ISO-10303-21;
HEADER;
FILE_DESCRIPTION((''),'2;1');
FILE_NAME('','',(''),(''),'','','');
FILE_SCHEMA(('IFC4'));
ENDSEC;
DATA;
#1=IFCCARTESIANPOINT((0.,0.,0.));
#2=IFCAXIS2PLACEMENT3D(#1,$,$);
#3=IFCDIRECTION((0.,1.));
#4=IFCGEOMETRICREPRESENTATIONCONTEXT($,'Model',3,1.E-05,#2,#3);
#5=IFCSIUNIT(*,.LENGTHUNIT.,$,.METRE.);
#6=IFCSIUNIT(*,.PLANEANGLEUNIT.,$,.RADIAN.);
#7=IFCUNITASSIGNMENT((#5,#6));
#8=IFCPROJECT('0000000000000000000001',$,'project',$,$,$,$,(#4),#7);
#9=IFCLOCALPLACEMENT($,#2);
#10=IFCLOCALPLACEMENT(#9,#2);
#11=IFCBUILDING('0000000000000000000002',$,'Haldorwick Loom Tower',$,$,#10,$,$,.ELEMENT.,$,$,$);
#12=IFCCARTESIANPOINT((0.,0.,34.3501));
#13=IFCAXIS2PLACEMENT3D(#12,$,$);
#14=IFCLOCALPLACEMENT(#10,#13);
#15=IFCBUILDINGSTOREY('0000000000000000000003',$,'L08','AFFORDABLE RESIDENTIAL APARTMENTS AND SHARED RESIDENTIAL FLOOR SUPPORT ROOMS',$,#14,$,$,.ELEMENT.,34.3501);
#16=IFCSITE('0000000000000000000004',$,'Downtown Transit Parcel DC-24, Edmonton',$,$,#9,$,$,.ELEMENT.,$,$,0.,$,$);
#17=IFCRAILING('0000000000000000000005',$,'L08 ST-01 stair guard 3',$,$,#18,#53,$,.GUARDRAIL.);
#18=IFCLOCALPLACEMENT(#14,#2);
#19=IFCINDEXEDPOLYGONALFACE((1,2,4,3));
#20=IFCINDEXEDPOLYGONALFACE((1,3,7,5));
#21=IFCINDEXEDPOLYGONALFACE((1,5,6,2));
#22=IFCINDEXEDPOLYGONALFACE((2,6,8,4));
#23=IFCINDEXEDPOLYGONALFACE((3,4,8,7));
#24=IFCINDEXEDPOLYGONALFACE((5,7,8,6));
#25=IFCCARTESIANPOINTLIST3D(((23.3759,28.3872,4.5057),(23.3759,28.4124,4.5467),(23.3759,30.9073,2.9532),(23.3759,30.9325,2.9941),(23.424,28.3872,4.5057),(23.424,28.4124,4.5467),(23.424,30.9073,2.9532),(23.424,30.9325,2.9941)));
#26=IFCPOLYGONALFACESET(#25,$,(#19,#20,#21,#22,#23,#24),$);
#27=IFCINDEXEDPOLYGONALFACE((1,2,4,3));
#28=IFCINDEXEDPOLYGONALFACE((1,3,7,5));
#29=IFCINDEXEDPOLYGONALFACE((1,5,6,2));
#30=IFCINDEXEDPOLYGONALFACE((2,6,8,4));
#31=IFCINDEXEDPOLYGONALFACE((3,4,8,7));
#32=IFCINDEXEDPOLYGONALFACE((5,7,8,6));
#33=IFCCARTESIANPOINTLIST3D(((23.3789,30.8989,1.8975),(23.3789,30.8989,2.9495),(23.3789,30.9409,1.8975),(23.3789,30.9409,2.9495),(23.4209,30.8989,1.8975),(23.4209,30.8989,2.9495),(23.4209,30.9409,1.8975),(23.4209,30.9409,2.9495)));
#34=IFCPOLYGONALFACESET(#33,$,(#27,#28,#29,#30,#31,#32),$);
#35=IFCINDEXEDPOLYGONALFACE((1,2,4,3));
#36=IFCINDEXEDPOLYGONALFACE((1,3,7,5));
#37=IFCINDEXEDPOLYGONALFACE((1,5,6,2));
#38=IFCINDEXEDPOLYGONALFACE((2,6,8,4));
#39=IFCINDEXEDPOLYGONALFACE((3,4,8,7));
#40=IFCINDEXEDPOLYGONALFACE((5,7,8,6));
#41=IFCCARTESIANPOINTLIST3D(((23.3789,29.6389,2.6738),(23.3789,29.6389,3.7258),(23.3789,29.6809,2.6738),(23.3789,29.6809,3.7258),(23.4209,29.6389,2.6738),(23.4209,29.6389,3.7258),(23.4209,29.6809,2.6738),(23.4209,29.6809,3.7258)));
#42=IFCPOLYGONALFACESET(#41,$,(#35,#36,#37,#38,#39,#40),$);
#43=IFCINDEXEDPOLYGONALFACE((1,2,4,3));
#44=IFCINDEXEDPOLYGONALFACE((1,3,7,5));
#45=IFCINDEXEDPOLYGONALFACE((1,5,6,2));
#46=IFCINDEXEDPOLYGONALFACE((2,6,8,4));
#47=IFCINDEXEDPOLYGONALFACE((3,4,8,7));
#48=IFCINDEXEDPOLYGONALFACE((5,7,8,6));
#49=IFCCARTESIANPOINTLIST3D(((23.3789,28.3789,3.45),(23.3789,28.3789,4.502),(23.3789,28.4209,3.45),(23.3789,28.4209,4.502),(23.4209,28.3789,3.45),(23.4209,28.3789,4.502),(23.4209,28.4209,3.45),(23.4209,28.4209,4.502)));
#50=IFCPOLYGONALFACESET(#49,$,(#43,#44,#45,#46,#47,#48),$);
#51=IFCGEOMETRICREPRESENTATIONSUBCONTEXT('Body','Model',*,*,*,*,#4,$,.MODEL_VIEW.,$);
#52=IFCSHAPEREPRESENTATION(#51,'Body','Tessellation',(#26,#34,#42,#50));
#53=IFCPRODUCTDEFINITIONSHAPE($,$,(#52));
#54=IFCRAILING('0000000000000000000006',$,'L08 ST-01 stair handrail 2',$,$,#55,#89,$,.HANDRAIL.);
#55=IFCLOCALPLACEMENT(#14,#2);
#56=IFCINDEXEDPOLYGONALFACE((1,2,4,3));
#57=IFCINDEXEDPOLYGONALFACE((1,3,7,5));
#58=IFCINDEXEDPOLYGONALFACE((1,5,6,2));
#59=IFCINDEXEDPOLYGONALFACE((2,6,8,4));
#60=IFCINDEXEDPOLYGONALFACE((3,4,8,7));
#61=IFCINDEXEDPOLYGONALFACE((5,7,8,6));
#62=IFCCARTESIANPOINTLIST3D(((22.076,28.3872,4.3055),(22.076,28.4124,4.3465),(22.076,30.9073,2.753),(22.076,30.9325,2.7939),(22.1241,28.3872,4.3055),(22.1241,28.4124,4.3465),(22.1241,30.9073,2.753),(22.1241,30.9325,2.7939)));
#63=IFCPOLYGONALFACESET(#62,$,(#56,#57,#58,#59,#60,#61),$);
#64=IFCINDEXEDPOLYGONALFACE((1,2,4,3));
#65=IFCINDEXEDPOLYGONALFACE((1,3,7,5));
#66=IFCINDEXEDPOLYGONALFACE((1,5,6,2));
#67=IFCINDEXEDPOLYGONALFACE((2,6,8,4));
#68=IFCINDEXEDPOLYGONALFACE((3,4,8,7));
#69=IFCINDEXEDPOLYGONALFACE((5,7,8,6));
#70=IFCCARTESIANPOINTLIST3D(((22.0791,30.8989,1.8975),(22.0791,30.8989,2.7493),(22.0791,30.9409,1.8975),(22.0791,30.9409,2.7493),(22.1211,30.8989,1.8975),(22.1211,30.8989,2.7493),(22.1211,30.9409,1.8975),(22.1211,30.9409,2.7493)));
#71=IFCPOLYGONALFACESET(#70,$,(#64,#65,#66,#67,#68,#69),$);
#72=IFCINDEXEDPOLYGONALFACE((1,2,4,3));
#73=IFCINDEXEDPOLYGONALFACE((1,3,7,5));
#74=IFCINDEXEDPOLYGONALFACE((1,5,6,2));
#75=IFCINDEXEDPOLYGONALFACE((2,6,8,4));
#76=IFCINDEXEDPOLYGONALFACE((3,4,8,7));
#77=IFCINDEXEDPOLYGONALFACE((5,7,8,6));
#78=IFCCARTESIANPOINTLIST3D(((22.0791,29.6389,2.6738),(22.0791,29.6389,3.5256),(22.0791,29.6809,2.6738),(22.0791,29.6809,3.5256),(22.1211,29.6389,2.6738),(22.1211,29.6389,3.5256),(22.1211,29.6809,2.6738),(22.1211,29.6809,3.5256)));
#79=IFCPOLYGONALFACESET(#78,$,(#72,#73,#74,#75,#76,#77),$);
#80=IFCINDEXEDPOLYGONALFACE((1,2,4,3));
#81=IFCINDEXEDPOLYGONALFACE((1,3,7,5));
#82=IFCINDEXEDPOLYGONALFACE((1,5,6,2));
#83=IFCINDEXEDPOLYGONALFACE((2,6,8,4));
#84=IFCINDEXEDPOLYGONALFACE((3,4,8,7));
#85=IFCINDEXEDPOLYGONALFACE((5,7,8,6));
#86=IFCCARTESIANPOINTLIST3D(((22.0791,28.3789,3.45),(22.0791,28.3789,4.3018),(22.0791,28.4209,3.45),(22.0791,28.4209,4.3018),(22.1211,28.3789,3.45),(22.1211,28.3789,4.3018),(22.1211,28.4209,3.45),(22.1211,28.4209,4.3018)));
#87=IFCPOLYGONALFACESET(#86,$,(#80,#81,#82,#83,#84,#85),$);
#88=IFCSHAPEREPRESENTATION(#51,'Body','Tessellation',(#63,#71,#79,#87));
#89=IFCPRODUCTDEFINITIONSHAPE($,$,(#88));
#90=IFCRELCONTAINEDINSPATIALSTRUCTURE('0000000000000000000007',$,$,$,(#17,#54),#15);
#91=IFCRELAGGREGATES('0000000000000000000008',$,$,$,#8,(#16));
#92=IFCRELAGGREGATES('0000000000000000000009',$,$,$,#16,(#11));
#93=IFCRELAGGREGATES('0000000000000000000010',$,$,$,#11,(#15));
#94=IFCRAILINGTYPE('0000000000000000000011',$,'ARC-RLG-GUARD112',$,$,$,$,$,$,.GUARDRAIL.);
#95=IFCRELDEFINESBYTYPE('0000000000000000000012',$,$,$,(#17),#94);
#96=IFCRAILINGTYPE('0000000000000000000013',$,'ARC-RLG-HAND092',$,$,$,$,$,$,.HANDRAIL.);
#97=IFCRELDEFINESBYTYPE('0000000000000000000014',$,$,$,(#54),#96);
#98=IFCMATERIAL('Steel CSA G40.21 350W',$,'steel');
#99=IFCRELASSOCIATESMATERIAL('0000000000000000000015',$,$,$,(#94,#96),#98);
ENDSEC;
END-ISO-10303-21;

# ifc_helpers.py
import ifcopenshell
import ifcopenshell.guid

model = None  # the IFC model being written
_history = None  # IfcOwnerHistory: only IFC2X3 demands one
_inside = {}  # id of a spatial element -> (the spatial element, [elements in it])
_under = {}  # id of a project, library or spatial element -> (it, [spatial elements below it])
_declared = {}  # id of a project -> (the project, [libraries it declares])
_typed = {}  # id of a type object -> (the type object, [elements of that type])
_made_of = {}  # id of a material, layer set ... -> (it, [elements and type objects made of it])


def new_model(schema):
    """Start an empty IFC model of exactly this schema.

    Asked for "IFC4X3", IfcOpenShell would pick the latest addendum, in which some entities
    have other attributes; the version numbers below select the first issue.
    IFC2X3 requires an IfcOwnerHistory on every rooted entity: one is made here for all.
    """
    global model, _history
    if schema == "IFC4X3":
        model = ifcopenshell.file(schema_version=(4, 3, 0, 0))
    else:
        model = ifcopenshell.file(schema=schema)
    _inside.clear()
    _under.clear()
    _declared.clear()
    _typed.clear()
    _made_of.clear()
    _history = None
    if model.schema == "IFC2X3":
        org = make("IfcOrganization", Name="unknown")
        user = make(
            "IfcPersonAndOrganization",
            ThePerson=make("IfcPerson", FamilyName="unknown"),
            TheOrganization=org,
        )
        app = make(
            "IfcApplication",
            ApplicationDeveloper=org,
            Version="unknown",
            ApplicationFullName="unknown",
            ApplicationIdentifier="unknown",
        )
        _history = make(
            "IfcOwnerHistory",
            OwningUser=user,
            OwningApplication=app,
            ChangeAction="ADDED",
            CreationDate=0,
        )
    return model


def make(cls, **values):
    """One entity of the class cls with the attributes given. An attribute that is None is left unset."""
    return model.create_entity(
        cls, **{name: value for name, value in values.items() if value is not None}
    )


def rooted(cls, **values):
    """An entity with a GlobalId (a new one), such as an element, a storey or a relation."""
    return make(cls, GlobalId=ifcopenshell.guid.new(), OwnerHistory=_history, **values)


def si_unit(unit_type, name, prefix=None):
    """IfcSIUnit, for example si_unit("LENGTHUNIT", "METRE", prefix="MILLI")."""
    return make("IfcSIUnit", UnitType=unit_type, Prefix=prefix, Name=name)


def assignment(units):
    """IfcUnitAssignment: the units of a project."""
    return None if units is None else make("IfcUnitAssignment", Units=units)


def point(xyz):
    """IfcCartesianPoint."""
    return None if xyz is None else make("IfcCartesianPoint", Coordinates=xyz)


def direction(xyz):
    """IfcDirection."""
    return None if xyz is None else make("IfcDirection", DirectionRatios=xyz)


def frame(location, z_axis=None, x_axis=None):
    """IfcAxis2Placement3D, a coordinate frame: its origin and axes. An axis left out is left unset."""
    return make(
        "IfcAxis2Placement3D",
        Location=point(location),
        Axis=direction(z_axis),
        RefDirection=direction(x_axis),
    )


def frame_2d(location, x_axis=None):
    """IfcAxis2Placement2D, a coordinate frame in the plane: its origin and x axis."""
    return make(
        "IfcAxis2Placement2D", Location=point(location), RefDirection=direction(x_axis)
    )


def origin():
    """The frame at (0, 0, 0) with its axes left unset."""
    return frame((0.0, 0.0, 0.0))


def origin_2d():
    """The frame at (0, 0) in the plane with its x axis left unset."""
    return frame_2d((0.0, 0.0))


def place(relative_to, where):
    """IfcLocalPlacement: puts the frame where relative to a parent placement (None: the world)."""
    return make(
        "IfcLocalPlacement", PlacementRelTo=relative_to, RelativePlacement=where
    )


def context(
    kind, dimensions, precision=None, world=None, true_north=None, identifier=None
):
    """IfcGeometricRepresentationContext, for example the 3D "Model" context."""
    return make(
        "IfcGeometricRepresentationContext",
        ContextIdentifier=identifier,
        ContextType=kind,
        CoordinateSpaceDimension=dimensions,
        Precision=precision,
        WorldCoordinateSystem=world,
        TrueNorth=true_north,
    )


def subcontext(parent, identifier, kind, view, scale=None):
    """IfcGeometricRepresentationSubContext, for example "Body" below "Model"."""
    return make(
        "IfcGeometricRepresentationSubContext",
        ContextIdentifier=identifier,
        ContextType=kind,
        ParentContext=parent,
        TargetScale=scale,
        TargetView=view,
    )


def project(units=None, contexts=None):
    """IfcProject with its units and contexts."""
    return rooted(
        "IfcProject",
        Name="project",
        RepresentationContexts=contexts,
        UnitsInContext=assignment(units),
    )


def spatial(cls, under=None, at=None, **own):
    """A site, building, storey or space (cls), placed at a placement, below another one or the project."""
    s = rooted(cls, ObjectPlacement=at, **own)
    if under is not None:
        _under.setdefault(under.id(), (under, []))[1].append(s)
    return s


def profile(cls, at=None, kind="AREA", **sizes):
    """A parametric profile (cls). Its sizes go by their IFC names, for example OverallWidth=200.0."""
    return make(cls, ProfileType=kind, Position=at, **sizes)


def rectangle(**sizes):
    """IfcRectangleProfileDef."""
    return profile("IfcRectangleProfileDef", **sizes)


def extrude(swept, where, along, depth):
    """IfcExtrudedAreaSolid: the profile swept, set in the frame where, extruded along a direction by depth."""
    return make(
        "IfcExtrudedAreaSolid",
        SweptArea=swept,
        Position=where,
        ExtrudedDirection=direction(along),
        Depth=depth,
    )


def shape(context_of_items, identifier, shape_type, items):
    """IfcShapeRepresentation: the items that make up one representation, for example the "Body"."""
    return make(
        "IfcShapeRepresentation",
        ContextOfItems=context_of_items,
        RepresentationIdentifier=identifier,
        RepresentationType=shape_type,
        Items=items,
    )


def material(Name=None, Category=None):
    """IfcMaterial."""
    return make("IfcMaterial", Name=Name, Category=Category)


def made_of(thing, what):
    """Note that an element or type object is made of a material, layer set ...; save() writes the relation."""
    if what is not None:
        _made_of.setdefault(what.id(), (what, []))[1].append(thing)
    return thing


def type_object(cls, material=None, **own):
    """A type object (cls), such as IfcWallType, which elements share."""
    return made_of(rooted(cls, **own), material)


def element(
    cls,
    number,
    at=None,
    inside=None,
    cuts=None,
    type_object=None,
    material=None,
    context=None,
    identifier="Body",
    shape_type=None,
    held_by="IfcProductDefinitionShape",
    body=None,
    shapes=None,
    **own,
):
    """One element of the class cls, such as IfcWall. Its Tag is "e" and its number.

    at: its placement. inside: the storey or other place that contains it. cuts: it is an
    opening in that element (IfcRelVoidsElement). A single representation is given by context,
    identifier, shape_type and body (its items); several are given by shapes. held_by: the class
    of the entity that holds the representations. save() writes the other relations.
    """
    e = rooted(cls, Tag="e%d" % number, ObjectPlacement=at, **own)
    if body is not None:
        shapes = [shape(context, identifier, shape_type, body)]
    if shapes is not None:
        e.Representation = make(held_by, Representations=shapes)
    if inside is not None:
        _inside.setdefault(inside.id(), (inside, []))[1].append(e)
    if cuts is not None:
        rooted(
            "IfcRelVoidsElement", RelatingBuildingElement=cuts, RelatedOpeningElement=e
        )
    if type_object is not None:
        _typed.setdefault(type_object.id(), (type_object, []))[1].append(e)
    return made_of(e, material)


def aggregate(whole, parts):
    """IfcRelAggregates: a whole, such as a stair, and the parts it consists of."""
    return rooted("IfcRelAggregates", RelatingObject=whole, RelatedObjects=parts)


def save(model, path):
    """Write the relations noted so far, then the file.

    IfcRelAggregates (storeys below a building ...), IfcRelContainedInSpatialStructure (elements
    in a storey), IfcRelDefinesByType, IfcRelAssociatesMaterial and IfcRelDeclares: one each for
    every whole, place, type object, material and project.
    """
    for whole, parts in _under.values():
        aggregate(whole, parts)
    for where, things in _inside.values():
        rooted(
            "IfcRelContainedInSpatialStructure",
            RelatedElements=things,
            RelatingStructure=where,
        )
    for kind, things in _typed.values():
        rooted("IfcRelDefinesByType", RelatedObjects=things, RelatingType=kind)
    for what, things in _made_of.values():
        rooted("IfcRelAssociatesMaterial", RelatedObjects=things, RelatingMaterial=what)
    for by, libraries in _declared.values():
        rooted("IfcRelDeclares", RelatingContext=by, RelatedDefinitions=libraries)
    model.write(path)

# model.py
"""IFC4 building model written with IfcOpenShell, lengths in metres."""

from ifc_helpers import new_model, si_unit, direction, frame, origin, origin_2d, place, context, subcontext, project, spatial, rectangle, extrude, material, type_object, element, save


model = new_model("IFC4")

# Units and contexts
model_context = context("Model", 3, precision=1e-05, world=origin(), true_north=direction((0.0, 1.0)))
body_context = subcontext(model_context, "Body", "Model", "MODEL_VIEW")
ifc_project = project(units=[si_unit("LENGTHUNIT", "METRE"), si_unit("PLANEANGLEUNIT", "RADIAN")], contexts=[model_context])

# Site, building, storey
site_placement = place(None, origin())
site = spatial("IfcSite", under=ifc_project, at=site_placement, Name="Downtown Transit Parcel DC-24, Edmonton", CompositionType="ELEMENT", RefElevation=0.0)
building_placement = place(site_placement, origin())
building = spatial("IfcBuilding", under=site, at=building_placement, Name="Haldorwick Loom Tower", CompositionType="ELEMENT")
storey_placement = place(building_placement, frame((0.0, 0.0, 34.3501)))
storey = spatial("IfcBuildingStorey", under=building, at=storey_placement, Name="L08", Description="AFFORDABLE RESIDENTIAL APARTMENTS AND SHARED RESIDENTIAL FLOOR SUPPORT ROOMS", CompositionType="ELEMENT", Elevation=34.3501)

# Shared definitions
ifc_material_1 = material(Name="Steel CSA G40.21 350W", Category="steel")

# Railings
railing_type_1 = type_object("IfcRailingType", Name="ARC-RLG-GUARD112", PredefinedType="GUARDRAIL", material=ifc_material_1)
railing_1_placement = place(storey_placement, frame((23.3999, 30.9199, 1.8975)))
element("IfcRailing", 1, at=railing_1_placement, inside=storey, type_object=railing_type_1, Name="L08 ST-01 stair guard 3", PredefinedType="GUARDRAIL", context=body_context, shape_type="SweptSolid", body=[
    extrude(rectangle(XDim=0.0481, YDim=0.0481, at=origin_2d()), frame((0.0, 0.0, 1.0762), z_axis=(0.0, -0.8514, 0.524516), x_axis=(1.0, 0.0, 0.0)), (0.0, 0.0, 1.0), 2.96),
    extrude(rectangle(XDim=0.042, YDim=0.042, at=origin_2d()), origin(), (0.0, 0.0, 1.0), 1.052),
    extrude(rectangle(XDim=0.042, YDim=0.042, at=origin_2d()), frame((0.0, -1.26, 0.7764)), (0.0, 0.0, 1.0), 1.052),
    extrude(rectangle(XDim=0.042, YDim=0.042, at=origin_2d()), frame((0.0, -2.52, 1.5525)), (0.0, 0.0, 1.0), 1.052),
])
railing_type_2 = type_object("IfcRailingType", Name="ARC-RLG-HAND092", PredefinedType="HANDRAIL", material=ifc_material_1)
railing_2_placement = place(storey_placement, frame((22.1001, 30.9199, 1.8975)))
element("IfcRailing", 2, at=railing_2_placement, inside=storey, type_object=railing_type_2, Name="L08 ST-01 stair handrail 2", PredefinedType="HANDRAIL", context=body_context, shape_type="SweptSolid", body=[
    extrude(rectangle(XDim=0.0481, YDim=0.0481, at=origin_2d()), frame((0.0, 0.0, 0.876), z_axis=(0.0, -0.8514, 0.524516), x_axis=(1.0, 0.0, 0.0)), (0.0, 0.0, 1.0), 2.96),
    extrude(rectangle(XDim=0.042, YDim=0.042, at=origin_2d()), origin(), (0.0, 0.0, 1.0), 0.8518),
    extrude(rectangle(XDim=0.042, YDim=0.042, at=origin_2d()), frame((0.0, -1.26, 0.7764)), (0.0, 0.0, 1.0), 0.8518),
    extrude(rectangle(XDim=0.042, YDim=0.042, at=origin_2d()), frame((0.0, -2.52, 1.5525)), (0.0, 0.0, 1.0), 0.8518),
])

save(model, "model.ifc")
